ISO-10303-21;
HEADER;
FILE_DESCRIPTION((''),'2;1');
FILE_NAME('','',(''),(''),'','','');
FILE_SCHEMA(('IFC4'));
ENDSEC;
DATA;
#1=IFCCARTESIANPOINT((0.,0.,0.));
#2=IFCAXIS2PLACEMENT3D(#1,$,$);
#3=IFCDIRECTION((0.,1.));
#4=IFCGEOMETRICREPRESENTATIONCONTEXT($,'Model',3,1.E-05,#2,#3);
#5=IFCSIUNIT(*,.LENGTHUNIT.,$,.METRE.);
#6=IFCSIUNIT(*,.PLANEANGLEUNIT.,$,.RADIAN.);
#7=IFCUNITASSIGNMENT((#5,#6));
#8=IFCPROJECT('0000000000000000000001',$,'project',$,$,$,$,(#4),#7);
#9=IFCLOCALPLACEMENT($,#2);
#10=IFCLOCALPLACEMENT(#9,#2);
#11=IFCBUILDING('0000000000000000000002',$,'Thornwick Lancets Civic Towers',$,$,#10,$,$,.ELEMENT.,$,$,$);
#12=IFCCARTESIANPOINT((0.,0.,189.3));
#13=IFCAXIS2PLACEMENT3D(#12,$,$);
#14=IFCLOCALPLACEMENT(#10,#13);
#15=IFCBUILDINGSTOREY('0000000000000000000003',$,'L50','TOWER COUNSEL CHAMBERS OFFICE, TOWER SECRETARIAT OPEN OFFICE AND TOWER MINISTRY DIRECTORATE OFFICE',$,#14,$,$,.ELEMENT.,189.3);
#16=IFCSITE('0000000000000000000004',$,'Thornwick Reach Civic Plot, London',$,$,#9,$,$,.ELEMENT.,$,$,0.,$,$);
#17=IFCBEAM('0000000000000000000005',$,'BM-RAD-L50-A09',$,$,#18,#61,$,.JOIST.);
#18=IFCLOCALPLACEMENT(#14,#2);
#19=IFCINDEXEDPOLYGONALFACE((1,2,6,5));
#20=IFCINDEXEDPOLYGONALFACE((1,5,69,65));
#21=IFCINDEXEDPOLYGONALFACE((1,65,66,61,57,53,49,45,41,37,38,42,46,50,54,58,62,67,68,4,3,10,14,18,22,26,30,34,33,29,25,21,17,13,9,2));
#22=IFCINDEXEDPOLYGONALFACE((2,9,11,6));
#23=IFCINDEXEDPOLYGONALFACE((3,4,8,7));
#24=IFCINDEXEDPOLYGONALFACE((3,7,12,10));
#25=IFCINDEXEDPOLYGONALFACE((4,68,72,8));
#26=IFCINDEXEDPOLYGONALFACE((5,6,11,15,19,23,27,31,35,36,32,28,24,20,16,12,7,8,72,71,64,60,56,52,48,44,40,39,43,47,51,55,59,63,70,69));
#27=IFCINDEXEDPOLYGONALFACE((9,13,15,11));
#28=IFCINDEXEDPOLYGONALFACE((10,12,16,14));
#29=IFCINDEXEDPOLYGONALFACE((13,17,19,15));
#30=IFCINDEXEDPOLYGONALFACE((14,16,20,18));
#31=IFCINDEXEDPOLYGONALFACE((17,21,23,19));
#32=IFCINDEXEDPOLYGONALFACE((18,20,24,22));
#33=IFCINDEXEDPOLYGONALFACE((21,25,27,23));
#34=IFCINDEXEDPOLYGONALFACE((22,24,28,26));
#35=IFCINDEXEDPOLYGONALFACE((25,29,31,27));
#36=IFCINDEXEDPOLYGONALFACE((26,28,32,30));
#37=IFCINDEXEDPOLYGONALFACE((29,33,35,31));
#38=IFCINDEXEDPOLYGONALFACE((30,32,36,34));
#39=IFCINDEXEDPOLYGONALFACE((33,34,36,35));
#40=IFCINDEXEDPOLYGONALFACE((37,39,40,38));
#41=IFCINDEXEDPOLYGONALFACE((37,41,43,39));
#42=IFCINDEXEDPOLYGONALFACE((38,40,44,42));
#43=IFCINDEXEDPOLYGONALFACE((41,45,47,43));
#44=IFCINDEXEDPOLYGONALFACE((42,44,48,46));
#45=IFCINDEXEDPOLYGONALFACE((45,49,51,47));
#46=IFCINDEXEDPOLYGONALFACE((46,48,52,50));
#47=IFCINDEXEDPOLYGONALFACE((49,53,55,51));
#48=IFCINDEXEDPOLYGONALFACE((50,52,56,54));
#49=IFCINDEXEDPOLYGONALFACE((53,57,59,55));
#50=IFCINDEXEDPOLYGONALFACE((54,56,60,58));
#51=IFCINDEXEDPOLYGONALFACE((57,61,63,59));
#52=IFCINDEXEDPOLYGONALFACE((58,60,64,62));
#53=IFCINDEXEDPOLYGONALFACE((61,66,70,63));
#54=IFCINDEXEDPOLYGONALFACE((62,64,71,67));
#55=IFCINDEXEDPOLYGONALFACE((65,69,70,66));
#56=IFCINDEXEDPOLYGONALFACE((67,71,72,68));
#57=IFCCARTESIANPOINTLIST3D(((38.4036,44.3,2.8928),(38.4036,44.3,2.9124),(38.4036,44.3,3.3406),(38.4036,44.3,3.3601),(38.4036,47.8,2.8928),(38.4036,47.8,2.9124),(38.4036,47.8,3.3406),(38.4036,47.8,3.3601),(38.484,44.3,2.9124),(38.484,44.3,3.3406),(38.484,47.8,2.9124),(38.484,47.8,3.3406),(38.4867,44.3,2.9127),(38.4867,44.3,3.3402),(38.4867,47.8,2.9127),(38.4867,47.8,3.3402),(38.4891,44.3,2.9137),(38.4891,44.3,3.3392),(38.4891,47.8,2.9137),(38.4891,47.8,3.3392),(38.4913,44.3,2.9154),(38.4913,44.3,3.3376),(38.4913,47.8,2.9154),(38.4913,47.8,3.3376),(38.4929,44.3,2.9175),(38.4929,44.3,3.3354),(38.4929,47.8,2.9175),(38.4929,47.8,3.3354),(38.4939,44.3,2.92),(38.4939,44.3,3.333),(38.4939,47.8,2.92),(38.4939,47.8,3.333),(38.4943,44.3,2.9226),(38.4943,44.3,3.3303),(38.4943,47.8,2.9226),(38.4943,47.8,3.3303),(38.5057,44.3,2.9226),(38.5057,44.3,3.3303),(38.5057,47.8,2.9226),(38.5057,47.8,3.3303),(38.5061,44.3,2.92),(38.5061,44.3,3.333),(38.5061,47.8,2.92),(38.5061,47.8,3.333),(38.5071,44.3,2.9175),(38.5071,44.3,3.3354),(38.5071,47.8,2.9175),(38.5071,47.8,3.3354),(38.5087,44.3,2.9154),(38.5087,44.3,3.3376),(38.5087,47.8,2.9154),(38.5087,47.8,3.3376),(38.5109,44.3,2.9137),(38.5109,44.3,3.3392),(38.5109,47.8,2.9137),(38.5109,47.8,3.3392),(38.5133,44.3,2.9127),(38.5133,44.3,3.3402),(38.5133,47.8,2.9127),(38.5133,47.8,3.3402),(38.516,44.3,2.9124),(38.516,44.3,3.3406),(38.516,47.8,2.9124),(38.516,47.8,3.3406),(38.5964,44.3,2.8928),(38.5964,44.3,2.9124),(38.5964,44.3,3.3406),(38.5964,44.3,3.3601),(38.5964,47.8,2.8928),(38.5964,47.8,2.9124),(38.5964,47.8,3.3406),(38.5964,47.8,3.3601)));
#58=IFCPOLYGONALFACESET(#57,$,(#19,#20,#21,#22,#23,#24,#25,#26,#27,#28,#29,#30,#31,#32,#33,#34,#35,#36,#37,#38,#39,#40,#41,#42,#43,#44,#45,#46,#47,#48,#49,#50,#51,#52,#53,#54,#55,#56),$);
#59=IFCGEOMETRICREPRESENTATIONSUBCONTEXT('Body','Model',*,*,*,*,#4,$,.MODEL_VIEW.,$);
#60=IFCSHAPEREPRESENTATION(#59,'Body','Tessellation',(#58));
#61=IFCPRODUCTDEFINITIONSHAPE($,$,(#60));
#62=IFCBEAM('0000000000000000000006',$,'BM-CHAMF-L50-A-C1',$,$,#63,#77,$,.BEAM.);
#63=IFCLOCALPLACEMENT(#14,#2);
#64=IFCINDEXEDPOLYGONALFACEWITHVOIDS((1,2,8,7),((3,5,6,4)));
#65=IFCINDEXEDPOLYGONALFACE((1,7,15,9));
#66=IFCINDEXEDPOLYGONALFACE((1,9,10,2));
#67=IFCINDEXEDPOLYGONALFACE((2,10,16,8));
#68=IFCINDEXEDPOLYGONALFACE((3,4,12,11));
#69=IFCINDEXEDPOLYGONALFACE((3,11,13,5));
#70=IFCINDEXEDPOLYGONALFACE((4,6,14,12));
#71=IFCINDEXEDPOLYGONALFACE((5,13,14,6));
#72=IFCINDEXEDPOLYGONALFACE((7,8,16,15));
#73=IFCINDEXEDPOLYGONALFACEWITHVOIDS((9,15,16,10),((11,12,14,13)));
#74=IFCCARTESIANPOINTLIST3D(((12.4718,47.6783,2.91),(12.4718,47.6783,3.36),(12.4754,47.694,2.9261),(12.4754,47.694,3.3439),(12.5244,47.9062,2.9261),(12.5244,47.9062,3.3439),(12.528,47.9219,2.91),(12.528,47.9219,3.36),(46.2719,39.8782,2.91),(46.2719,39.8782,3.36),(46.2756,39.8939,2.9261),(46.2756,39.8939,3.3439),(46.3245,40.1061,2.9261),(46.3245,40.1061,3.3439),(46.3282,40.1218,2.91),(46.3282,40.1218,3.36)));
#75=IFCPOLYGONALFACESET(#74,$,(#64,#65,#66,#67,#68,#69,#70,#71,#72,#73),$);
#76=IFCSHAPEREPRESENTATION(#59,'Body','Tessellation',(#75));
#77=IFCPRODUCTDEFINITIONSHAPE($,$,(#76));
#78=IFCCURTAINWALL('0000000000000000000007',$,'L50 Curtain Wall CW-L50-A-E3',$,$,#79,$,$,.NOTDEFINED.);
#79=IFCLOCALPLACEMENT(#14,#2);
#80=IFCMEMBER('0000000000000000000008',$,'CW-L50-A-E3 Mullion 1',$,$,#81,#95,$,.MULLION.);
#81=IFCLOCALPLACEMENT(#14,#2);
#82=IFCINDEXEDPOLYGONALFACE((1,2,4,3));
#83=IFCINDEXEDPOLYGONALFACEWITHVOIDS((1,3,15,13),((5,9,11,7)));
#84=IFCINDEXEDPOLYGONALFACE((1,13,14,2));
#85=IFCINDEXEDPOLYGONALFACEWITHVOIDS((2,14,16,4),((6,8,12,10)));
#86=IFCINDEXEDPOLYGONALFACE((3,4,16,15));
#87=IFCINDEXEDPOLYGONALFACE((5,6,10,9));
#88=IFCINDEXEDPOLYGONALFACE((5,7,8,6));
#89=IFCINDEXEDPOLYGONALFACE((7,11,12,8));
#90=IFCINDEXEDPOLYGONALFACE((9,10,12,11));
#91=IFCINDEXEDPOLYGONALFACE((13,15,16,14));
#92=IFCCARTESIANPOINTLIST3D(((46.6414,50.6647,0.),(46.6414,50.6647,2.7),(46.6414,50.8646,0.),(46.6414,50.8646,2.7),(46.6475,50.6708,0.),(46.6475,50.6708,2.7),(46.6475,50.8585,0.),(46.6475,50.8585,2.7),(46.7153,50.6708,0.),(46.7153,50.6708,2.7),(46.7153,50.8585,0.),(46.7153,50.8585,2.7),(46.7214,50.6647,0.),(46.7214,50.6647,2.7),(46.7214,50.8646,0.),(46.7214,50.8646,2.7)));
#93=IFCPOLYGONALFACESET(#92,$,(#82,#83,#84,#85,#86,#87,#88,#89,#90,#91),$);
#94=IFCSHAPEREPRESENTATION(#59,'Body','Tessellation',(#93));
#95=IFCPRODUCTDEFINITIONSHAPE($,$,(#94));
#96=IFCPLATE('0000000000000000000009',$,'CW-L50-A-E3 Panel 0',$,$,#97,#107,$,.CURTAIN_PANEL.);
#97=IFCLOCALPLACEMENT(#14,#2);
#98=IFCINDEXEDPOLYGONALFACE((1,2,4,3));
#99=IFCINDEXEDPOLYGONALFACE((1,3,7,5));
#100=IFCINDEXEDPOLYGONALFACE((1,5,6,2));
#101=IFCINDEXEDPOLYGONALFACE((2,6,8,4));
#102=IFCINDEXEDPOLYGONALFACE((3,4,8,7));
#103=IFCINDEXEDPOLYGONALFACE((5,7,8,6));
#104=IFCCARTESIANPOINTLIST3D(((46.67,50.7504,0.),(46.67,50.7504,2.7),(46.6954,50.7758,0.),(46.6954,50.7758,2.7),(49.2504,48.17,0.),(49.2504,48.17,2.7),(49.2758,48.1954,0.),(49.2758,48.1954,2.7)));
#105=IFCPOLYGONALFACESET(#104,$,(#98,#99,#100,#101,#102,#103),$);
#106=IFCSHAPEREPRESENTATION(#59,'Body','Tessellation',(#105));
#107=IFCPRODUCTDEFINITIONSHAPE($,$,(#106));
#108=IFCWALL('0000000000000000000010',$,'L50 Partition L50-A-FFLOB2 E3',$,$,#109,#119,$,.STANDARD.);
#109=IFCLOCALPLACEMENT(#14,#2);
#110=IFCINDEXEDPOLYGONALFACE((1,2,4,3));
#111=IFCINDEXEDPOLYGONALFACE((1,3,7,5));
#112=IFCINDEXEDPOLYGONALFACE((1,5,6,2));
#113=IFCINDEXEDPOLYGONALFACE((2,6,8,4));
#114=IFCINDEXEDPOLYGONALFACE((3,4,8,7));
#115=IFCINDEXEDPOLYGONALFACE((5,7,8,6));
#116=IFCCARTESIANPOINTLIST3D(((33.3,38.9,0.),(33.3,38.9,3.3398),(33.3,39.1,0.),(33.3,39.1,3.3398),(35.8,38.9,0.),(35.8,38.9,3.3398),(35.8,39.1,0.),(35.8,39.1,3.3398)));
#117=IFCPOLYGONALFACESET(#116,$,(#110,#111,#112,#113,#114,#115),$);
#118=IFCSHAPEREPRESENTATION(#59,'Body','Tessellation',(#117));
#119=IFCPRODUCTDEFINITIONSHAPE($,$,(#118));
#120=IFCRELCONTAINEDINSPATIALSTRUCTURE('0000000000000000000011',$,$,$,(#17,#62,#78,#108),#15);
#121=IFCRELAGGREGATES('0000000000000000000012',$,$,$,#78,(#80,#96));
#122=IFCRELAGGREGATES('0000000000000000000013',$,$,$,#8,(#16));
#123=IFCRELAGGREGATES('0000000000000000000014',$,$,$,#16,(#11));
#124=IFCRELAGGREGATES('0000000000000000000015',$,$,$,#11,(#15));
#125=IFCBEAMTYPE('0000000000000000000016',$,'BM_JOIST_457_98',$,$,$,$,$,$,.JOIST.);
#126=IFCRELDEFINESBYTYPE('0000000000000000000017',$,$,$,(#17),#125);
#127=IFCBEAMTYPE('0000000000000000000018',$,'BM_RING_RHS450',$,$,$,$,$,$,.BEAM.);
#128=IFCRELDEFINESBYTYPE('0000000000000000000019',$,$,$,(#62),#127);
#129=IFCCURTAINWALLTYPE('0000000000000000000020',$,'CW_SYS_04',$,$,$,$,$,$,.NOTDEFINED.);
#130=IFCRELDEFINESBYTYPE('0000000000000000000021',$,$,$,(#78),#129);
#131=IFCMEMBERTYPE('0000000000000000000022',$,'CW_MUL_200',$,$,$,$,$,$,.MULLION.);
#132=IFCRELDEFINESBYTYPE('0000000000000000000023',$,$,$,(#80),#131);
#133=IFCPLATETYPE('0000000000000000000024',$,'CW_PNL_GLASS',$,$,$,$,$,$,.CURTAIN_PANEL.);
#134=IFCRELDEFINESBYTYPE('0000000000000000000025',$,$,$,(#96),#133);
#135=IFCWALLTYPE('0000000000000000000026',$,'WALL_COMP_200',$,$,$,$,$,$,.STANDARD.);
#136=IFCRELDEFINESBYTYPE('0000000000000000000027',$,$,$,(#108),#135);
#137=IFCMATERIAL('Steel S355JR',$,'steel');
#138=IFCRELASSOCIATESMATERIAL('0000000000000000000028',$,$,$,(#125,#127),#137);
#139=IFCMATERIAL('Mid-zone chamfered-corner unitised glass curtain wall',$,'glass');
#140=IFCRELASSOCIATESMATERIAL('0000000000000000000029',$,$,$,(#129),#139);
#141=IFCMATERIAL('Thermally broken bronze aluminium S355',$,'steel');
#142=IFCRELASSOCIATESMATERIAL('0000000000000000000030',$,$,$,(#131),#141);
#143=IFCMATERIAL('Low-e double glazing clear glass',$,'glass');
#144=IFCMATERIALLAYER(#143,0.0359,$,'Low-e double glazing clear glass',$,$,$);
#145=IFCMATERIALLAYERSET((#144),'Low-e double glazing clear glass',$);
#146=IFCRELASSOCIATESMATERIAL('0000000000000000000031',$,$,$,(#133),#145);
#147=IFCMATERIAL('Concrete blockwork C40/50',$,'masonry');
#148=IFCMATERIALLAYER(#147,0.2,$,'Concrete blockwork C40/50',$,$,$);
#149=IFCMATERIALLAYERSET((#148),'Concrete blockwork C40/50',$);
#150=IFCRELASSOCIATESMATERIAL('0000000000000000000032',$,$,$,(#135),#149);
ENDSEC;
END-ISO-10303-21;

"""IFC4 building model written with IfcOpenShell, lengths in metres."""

from ifc_helpers import new_model, si_unit, direction, frame, frame_2d, origin, origin_2d, place, context, subcontext, project, spatial, rectangle, hollow_rectangle, i_section, extrude, material, layer, layer_set, material_profile, profile_set, type_object, element, aggregate, save


model = new_model("IFC4")

# Units and contexts
model_context = context("Model", 3, precision=1e-05, world=origin(), true_north=direction((0.0, 1.0)))
body_context = subcontext(model_context, "Body", "Model", "MODEL_VIEW")
ifc_project = project(units=[si_unit("LENGTHUNIT", "METRE"), si_unit("PLANEANGLEUNIT", "RADIAN")], contexts=[model_context])

# Site, building, storey
site_placement = place(None, origin())
site = spatial("IfcSite", under=ifc_project, at=site_placement, Name="Thornwick Reach Civic Plot, London", CompositionType="ELEMENT", RefElevation=0.0)
building_placement = place(site_placement, origin())
building = spatial("IfcBuilding", under=site, at=building_placement, Name="Thornwick Lancets Civic Towers", CompositionType="ELEMENT")
storey_placement = place(building_placement, frame((0.0, 0.0, 189.3)))
storey = spatial("IfcBuildingStorey", under=building, at=storey_placement, Name="L50", Description="TOWER COUNSEL CHAMBERS OFFICE, TOWER SECRETARIAT OPEN OFFICE AND TOWER MINISTRY DIRECTORATE OFFICE", CompositionType="ELEMENT", Elevation=189.3)

# Beams
ifc_material_1 = material(Name="Steel S355JR", Category="steel")
ifc_material_profile_1 = material_profile(ifc_material_1, i_section(OverallWidth=0.1929, OverallDepth=0.4673, WebThickness=0.0115, FlangeThickness=0.0195, FilletRadius=0.0103, at=origin_2d()), Name="UKB 457x191x98")
ifc_profile_set_1 = profile_set([ifc_material_profile_1], Name="Steel S355JR")
beam_type_1 = type_object("IfcBeamType", Name="BM_JOIST_457_98", PredefinedType="JOIST", material=ifc_profile_set_1)
for number, where, z_axis, x_axis, name in (
    (1, (38.5, 44.3, 3.1265), (0.0, 1.0, 0.0), (-1.0, 0.0, 0.0), "BM-RAD-L50-A09"),
):
    element("IfcBeam", number, at=place(storey_placement, frame(where, z_axis=z_axis, x_axis=x_axis)), inside=storey, type_object=beam_type_1, Name=name, PredefinedType="JOIST", context=body_context, shape_type="SweptSolid", body=[
        extrude(i_section(OverallWidth=0.1929, OverallDepth=0.4673, WebThickness=0.0115, FlangeThickness=0.0195, FilletRadius=0.0103, at=origin_2d()), origin(), (0.0, 0.0, 1.0), 3.5),
    ])
ifc_material_profile_2 = material_profile(ifc_material_1, hollow_rectangle(XDim=0.25, YDim=0.45, WallThickness=0.0161, at=origin_2d()), Name="RHS 450x250x16")
ifc_profile_set_2 = profile_set([ifc_material_profile_2], Name="Steel S355JR")
beam_type_2 = type_object("IfcBeamType", Name="BM_RING_RHS450", PredefinedType="BEAM", material=ifc_profile_set_2)
beam_placement = place(storey_placement, frame((46.3, 40.0, 3.135), z_axis=(-0.974391, 0.224861, 0.0), x_axis=(-0.224861, -0.974391, 0.0)))
element("IfcBeam", 2, at=beam_placement, inside=storey, type_object=beam_type_2, Name="BM-CHAMF-L50-A-C1", PredefinedType="BEAM", context=body_context, shape_type="SweptSolid", body=[
    extrude(hollow_rectangle(XDim=0.25, YDim=0.45, WallThickness=0.0161, at=origin_2d()), origin(), (0.0, 0.0, 1.0), 34.6885),
])

# Curtain wall, member, plate
ifc_material_2 = material(Name="Mid-zone chamfered-corner unitised glass curtain wall", Category="glass")
curtain_wall_type = type_object("IfcCurtainWallType", Name="CW_SYS_04", PredefinedType="NOTDEFINED", material=ifc_material_2)
curtain_wall_placement = place(storey_placement, origin())
curtain_wall = element("IfcCurtainWall", 3, at=curtain_wall_placement, inside=storey, type_object=curtain_wall_type, Name="L50 Curtain Wall CW-L50-A-E3", PredefinedType="NOTDEFINED")
ifc_material_3 = material(Name="Thermally broken bronze aluminium S355", Category="steel")
ifc_material_profile_3 = material_profile(ifc_material_3, hollow_rectangle(XDim=0.0801, YDim=0.2, WallThickness=0.0061, at=origin_2d()), Name="RHS 200x80x6")
ifc_profile_set_3 = profile_set([ifc_material_profile_3], Name="Thermally broken bronze aluminium S355")
member_type = type_object("IfcMemberType", Name="CW_MUL_200", PredefinedType="MULLION", material=ifc_profile_set_3)
member_placement = place(storey_placement, frame((46.6814, 50.7646, 0.0), z_axis=(0.0, 0.0, 1.0), x_axis=(1.0, 0.0, 0.0)))
member = element("IfcMember", 4, at=member_placement, type_object=member_type, Name="CW-L50-A-E3 Mullion 1", PredefinedType="MULLION", context=body_context, shape_type="SweptSolid", body=[
    extrude(hollow_rectangle(XDim=0.0801, YDim=0.2, WallThickness=0.0061, at=origin_2d()), origin(), (0.0, 0.0, 1.0), 2.7),
])
ifc_material_4 = material(Name="Low-e double glazing clear glass", Category="glass")
ifc_layer_1 = layer(ifc_material_4, 0.0359, Name="Low-e double glazing clear glass")
ifc_layer_set_1 = layer_set([ifc_layer_1], Name="Low-e double glazing clear glass")
plate_type = type_object("IfcPlateType", Name="CW_PNL_GLASS", PredefinedType="CURTAIN_PANEL", material=ifc_layer_set_1)
plate_placement = place(storey_placement, frame((47.9729, 49.4729, 0.0), z_axis=(0.0, 0.0, 1.0), x_axis=(-0.707107, 0.707107, 0.0)))
plate = element("IfcPlate", 5, at=plate_placement, type_object=plate_type, Name="CW-L50-A-E3 Panel 0", PredefinedType="CURTAIN_PANEL", context=body_context, shape_type="SweptSolid", body=[
    extrude(rectangle(XDim=3.6492, YDim=0.0359, at=origin_2d()), origin(), (0.0, 0.0, 1.0), 2.7),
])
aggregate(curtain_wall, [member, plate])

# Wall
ifc_material_5 = material(Name="Concrete blockwork C40/50", Category="masonry")
ifc_layer_2 = layer(ifc_material_5, 0.2, Name="Concrete blockwork C40/50")
ifc_layer_set_2 = layer_set([ifc_layer_2], Name="Concrete blockwork C40/50")
wall_type_1 = type_object("IfcWallType", Name="WALL_COMP_200", PredefinedType="STANDARD", material=ifc_layer_set_2)
wall_1_placement = place(storey_placement, frame((35.8, 39.0, 0.0), z_axis=(0.0, 0.0, 1.0), x_axis=(-1.0, 0.0, 0.0)))
element("IfcWall", 6, at=wall_1_placement, inside=storey, type_object=wall_type_1, Name="L50 Partition L50-A-FFLOB2 E3", PredefinedType="STANDARD", context=body_context, shape_type="SweptSolid", body=[
    extrude(rectangle(XDim=2.5, YDim=0.2, at=frame_2d((1.25, 0.0))), origin(), (0.0, 0.0, 1.0), 3.3398),
])

save(model, "model.ifc")
